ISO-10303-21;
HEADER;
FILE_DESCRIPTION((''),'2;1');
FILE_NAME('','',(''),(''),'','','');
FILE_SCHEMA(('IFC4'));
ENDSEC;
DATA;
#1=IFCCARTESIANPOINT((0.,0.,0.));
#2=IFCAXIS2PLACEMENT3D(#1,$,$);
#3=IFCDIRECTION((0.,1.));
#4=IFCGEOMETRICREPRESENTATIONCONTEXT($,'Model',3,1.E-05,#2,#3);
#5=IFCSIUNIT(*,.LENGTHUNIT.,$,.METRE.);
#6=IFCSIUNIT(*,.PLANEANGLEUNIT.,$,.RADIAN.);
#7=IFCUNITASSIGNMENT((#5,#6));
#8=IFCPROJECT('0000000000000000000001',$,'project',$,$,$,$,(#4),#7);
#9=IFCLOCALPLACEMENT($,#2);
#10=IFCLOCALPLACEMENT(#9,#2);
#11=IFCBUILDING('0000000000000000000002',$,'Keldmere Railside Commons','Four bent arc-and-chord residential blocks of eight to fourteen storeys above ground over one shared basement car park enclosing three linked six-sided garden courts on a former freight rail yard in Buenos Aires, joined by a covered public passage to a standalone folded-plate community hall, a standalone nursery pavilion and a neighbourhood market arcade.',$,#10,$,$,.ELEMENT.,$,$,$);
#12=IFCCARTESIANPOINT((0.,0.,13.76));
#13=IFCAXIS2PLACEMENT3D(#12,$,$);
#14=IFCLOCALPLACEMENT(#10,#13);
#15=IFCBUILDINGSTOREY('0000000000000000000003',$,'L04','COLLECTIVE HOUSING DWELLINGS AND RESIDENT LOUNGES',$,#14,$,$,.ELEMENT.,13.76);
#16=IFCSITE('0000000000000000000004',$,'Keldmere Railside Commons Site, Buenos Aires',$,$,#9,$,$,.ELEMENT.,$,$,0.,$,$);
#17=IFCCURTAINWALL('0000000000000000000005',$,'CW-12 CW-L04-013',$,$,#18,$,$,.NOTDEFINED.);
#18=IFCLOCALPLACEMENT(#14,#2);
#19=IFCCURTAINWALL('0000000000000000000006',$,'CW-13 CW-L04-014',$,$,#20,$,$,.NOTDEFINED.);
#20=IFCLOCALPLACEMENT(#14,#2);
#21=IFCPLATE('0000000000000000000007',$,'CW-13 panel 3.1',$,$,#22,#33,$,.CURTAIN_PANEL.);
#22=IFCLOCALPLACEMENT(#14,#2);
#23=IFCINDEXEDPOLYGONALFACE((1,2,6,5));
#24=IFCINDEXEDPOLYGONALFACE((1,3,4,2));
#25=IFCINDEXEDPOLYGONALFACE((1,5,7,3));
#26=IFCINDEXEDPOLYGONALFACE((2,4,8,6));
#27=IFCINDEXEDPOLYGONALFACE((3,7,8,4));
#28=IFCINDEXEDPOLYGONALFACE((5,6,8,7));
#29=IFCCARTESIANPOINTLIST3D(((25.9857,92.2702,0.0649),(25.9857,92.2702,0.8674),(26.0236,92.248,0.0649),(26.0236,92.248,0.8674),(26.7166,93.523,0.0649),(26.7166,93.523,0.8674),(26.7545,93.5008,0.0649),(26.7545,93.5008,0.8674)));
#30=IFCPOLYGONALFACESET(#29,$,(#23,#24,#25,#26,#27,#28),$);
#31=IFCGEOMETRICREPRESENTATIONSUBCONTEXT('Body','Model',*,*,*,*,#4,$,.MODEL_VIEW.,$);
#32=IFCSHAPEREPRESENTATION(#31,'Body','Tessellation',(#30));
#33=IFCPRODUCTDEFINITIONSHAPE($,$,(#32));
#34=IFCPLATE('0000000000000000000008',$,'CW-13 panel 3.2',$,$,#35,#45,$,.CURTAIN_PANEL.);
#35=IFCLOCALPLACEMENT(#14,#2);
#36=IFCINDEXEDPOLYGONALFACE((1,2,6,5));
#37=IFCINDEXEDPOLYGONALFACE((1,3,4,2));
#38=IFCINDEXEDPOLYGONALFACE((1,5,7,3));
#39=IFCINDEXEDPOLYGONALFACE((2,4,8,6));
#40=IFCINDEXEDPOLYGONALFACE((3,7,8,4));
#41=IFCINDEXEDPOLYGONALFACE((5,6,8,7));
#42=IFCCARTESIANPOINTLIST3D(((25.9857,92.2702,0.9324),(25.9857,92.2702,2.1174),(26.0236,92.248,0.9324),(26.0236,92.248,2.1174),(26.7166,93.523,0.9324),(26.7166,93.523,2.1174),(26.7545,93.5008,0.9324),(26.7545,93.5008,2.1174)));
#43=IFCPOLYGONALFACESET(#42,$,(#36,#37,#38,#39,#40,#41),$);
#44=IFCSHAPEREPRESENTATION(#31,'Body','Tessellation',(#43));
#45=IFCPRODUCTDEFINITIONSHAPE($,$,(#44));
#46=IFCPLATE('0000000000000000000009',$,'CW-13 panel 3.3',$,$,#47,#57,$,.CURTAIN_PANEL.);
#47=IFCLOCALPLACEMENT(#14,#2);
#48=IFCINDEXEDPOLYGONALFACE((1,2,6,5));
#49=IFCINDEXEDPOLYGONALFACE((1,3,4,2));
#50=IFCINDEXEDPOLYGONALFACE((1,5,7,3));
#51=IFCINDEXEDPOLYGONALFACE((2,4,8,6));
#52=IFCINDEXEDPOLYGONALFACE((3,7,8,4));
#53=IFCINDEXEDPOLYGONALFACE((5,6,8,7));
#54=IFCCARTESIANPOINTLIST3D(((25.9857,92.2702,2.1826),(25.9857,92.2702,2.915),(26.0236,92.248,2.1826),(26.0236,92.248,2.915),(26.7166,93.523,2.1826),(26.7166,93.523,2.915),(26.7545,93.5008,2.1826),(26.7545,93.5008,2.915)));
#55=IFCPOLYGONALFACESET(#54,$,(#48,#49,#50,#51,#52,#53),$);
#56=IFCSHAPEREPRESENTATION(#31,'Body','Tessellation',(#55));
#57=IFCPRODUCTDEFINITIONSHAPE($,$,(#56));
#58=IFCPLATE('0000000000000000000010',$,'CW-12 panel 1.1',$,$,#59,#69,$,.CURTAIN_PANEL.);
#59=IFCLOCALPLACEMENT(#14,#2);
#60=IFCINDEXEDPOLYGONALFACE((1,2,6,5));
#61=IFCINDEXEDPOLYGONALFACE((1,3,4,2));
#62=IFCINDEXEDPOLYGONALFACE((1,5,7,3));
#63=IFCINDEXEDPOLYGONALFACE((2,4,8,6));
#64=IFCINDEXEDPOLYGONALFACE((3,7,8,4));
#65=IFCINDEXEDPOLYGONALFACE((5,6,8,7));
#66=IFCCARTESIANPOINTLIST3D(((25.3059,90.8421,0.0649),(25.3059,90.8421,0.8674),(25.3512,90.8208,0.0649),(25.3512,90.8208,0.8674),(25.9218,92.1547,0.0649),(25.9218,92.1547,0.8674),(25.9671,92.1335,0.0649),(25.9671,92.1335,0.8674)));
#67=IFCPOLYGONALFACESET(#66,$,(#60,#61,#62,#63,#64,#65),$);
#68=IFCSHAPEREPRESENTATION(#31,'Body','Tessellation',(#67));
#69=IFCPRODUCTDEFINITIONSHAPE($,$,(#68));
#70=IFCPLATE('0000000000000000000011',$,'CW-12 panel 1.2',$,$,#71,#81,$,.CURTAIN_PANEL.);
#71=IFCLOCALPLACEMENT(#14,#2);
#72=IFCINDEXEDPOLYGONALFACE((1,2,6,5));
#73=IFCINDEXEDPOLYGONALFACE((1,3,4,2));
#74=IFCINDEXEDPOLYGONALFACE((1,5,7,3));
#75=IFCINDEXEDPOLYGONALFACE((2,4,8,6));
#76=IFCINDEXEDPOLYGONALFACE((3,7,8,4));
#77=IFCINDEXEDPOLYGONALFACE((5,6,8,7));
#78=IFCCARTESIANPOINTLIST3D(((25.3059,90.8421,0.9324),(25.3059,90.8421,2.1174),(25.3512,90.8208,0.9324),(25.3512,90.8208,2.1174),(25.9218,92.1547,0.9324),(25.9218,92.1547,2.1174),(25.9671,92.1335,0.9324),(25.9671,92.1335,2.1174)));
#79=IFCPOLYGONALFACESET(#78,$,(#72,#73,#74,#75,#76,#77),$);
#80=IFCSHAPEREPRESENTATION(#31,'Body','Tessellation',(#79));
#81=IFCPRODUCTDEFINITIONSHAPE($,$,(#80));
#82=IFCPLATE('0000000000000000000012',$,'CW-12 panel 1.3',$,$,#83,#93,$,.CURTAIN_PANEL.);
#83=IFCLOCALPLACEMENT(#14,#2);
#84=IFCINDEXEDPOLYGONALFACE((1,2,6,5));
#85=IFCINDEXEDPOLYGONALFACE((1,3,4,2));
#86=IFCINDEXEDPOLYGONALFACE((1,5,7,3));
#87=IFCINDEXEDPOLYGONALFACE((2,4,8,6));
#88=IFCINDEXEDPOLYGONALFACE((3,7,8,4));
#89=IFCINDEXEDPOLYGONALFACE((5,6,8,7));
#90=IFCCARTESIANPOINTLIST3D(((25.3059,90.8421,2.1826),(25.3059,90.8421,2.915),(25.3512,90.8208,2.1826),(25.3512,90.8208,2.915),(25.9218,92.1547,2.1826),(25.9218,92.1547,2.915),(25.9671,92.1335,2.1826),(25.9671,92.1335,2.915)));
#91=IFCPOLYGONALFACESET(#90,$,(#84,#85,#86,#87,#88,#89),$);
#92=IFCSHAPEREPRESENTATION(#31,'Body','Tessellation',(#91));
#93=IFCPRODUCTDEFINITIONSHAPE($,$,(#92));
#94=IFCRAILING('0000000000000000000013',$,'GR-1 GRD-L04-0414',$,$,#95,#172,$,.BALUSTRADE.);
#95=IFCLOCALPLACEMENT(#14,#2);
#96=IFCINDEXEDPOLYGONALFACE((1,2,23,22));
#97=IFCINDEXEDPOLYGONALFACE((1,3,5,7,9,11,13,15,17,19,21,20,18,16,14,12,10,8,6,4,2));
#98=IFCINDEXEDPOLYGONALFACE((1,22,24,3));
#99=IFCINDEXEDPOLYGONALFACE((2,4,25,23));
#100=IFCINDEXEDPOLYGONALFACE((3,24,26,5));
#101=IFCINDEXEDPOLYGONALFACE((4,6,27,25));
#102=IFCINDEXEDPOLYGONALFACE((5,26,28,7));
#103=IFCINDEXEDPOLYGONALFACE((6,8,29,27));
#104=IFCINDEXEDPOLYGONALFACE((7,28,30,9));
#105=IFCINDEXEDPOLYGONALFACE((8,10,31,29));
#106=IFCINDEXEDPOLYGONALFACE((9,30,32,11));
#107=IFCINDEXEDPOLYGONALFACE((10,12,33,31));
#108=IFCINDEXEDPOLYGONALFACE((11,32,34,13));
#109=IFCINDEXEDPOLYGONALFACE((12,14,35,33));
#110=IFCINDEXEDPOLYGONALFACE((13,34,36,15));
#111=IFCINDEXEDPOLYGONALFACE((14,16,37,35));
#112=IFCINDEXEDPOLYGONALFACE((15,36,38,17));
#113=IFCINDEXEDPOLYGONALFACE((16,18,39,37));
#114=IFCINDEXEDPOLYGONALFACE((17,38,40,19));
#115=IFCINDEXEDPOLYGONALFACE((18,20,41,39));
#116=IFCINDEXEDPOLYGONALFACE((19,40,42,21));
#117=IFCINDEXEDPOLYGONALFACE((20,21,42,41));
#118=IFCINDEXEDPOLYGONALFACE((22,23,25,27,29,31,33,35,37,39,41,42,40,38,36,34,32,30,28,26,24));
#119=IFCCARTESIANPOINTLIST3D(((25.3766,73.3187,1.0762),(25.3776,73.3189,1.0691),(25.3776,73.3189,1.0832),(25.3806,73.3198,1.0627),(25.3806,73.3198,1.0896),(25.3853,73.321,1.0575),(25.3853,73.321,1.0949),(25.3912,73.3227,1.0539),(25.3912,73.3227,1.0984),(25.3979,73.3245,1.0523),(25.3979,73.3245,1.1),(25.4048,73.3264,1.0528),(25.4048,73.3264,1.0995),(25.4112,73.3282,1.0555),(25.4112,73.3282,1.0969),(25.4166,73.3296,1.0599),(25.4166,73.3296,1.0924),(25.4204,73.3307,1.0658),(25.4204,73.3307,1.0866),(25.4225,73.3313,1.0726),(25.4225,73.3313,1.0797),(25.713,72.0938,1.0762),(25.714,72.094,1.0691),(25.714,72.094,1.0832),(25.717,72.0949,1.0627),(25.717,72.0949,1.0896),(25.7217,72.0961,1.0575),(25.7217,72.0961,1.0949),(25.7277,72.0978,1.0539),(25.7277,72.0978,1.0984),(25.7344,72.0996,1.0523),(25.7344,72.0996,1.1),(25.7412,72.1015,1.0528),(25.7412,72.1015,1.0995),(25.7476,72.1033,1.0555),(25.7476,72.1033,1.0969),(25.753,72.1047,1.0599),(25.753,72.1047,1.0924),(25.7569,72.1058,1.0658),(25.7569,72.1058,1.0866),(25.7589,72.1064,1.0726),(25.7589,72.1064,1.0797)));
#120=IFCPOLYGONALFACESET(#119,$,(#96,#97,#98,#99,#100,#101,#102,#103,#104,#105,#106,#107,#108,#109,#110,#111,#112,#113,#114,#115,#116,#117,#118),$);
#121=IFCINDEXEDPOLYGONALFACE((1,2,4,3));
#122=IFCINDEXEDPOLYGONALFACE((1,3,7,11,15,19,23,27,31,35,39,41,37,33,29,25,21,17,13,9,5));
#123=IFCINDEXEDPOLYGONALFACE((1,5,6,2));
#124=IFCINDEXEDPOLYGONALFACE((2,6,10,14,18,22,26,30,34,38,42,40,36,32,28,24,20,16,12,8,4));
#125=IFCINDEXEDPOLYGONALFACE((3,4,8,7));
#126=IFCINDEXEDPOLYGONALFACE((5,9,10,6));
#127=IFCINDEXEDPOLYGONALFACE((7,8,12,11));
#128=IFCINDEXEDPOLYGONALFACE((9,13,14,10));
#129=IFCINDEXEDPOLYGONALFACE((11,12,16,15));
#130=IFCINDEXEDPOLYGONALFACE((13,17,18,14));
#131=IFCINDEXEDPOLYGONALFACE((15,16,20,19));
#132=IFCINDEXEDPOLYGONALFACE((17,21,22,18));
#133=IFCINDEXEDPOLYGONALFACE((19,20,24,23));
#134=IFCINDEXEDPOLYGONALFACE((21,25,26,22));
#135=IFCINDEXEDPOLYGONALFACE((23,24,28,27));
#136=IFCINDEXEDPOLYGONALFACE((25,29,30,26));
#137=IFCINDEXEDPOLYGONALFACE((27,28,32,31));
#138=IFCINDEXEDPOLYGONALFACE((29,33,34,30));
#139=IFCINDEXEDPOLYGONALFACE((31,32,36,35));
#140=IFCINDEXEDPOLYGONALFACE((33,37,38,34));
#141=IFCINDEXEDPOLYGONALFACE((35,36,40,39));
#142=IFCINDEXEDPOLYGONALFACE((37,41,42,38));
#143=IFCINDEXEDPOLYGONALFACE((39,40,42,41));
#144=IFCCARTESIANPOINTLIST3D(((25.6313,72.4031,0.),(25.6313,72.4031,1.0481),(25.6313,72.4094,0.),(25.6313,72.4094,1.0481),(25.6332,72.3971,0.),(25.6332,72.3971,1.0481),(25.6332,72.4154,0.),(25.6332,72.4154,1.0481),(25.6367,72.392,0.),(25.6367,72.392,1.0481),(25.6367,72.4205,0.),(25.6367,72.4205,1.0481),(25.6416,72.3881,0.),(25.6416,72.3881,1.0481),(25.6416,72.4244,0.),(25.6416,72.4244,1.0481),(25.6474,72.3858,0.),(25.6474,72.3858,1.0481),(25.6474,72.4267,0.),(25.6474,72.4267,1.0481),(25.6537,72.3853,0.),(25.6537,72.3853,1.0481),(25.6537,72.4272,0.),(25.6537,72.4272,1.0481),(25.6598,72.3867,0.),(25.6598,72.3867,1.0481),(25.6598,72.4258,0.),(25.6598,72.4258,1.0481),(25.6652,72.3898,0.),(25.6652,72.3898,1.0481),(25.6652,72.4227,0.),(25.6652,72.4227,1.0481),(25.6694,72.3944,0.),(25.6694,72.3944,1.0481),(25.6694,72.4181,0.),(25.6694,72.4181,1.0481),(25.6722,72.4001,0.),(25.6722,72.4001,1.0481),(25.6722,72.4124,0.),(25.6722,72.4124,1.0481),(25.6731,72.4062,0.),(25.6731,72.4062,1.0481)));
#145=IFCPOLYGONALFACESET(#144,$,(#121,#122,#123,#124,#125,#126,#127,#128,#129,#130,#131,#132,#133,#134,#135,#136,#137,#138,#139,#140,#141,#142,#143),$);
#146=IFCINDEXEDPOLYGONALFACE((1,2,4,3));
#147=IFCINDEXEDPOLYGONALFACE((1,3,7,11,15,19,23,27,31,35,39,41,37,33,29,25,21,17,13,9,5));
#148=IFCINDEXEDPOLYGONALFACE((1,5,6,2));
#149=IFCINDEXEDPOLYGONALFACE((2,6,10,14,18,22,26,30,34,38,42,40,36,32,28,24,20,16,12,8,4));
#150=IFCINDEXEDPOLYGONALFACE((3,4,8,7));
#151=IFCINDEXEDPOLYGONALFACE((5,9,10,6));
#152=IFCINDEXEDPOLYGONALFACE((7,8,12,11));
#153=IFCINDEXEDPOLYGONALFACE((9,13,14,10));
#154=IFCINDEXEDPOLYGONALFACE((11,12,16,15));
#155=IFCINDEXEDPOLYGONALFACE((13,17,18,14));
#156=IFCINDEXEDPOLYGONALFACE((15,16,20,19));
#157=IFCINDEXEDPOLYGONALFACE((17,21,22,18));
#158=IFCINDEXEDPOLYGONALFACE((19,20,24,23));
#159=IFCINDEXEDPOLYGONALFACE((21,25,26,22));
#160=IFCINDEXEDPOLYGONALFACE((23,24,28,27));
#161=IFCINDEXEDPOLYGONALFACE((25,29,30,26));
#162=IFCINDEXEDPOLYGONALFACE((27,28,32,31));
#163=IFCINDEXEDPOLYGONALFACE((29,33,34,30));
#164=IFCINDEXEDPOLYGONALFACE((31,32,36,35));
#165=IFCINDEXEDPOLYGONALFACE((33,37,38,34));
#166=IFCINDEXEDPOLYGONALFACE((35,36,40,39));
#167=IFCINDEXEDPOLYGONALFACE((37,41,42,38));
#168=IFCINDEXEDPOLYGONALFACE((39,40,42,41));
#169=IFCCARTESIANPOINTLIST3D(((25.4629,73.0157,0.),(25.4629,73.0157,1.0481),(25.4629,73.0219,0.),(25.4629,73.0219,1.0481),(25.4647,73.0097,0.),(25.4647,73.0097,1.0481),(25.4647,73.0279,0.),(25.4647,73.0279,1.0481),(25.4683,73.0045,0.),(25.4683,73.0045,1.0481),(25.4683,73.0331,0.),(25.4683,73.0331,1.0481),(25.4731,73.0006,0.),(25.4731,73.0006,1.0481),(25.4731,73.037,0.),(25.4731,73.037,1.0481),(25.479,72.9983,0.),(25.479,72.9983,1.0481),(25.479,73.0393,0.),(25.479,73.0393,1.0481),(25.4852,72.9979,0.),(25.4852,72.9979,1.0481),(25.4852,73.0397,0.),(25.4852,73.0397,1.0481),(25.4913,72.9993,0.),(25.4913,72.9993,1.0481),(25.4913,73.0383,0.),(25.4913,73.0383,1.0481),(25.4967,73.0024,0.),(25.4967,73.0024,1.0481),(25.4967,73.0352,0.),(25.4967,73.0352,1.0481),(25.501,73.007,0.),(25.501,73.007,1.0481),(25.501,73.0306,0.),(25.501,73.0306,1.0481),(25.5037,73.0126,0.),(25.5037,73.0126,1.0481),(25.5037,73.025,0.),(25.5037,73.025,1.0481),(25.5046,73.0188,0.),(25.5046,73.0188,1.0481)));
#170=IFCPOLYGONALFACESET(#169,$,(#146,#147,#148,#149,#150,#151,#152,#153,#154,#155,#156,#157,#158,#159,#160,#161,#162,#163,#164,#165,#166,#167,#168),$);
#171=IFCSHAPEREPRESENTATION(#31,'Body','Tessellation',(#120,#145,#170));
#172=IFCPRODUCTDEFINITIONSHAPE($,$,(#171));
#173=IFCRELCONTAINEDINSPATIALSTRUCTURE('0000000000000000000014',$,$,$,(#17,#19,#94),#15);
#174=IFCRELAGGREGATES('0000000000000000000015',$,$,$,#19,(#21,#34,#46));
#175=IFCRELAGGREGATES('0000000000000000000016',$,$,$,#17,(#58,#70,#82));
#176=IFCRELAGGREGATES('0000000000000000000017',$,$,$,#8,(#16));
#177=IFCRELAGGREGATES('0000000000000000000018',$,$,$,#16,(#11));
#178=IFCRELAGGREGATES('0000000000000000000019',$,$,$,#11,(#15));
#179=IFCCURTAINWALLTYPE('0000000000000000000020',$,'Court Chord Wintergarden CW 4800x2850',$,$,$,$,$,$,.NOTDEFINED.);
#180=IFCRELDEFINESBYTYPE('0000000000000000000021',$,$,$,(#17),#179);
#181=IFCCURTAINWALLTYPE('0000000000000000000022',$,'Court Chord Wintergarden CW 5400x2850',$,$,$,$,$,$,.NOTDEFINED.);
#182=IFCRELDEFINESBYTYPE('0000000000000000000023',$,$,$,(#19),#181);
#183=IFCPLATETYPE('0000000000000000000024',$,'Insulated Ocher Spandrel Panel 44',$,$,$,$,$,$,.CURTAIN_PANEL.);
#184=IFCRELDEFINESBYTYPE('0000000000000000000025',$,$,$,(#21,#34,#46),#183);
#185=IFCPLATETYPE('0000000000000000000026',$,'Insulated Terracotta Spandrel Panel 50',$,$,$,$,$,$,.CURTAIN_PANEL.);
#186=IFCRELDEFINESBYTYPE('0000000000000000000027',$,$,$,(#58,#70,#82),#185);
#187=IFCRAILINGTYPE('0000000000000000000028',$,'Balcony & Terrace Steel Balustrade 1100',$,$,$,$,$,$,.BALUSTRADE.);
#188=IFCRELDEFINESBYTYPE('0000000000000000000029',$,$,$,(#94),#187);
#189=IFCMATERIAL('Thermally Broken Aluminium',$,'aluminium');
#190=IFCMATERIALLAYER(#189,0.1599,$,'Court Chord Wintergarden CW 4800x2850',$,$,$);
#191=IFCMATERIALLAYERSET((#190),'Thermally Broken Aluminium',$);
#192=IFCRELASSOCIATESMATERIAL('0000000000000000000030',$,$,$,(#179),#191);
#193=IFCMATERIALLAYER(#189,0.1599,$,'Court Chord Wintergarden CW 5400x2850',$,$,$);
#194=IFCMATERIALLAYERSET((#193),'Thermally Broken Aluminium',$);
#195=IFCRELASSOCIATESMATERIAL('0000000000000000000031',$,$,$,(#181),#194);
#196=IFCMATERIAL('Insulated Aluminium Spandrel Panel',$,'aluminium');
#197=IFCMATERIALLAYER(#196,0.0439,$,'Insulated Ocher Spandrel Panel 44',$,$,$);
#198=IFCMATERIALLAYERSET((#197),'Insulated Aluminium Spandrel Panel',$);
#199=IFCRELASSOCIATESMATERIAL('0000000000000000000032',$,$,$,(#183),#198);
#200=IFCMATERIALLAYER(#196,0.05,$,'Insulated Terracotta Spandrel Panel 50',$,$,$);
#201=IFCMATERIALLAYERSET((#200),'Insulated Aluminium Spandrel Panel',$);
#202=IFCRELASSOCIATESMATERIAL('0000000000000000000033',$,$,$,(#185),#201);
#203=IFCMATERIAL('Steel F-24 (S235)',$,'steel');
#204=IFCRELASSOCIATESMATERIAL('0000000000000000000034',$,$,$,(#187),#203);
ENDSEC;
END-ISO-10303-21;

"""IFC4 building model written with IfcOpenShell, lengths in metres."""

from ifc_helpers import new_model, si_unit, direction, frame, origin, origin_2d, place, context, subcontext, project, spatial, rectangle, circle, extrude, material, layer, layer_set, type_object, element, aggregate, save


model = new_model("IFC4")

# Units and contexts
model_context = context("Model", 3, precision=1e-05, world=origin(), true_north=direction((0.0, 1.0)))
body_context = subcontext(model_context, "Body", "Model", "MODEL_VIEW")
ifc_project = project(units=[si_unit("LENGTHUNIT", "METRE"), si_unit("PLANEANGLEUNIT", "RADIAN")], contexts=[model_context])

# Site, building, storey
site_placement = place(None, origin())
site = spatial("IfcSite", under=ifc_project, at=site_placement, Name="Keldmere Railside Commons Site, Buenos Aires", CompositionType="ELEMENT", RefElevation=0.0)
building_placement = place(site_placement, origin())
building = spatial("IfcBuilding", under=site, at=building_placement, Name="Keldmere Railside Commons", Description="Four bent arc-and-chord residential blocks of eight to fourteen storeys above ground over one shared basement car park enclosing three linked six-sided garden courts on a former freight rail yard in Buenos Aires, joined by a covered public passage to a standalone folded-plate community hall, a standalone nursery pavilion and a neighbourhood market arcade.", CompositionType="ELEMENT")
storey_placement = place(building_placement, frame((0.0, 0.0, 13.76)))
storey = spatial("IfcBuildingStorey", under=building, at=storey_placement, Name="L04", Description="COLLECTIVE HOUSING DWELLINGS AND RESIDENT LOUNGES", CompositionType="ELEMENT", Elevation=13.76)

# Curtain wall
ifc_material_1 = material(Name="Thermally Broken Aluminium", Category="aluminium")
ifc_layer_1 = layer(ifc_material_1, 0.1599, Name="Court Chord Wintergarden CW 4800x2850")
ifc_layer_set_1 = layer_set([ifc_layer_1], Name="Thermally Broken Aluminium")
curtain_wall_type_1 = type_object("IfcCurtainWallType", Name="Court Chord Wintergarden CW 4800x2850", PredefinedType="NOTDEFINED", material=ifc_layer_set_1)
curtain_wall_1_placement = place(storey_placement, origin())
curtain_wall_1 = element("IfcCurtainWall", 1, at=curtain_wall_1_placement, inside=storey, type_object=curtain_wall_type_1, Name="CW-12 CW-L04-013", PredefinedType="NOTDEFINED")

# Curtain wall
ifc_layer_2 = layer(ifc_material_1, 0.1599, Name="Court Chord Wintergarden CW 5400x2850")
ifc_layer_set_2 = layer_set([ifc_layer_2], Name="Thermally Broken Aluminium")
curtain_wall_type_2 = type_object("IfcCurtainWallType", Name="Court Chord Wintergarden CW 5400x2850", PredefinedType="NOTDEFINED", material=ifc_layer_set_2)
curtain_wall_2_placement = place(storey_placement, origin())
curtain_wall_2 = element("IfcCurtainWall", 2, at=curtain_wall_2_placement, inside=storey, type_object=curtain_wall_type_2, Name="CW-13 CW-L04-014", PredefinedType="NOTDEFINED")

# Plates
ifc_material_2 = material(Name="Insulated Aluminium Spandrel Panel", Category="aluminium")
ifc_layer_3 = layer(ifc_material_2, 0.0439, Name="Insulated Ocher Spandrel Panel 44")
ifc_layer_set_3 = layer_set([ifc_layer_3], Name="Insulated Aluminium Spandrel Panel")
plate_type_1 = type_object("IfcPlateType", Name="Insulated Ocher Spandrel Panel 44", PredefinedType="CURTAIN_PANEL", material=ifc_layer_set_3)
plate_1_placement = place(storey_placement, frame((26.3701, 92.8855, 0.0649), z_axis=(0.0, 0.0, 1.0), x_axis=(-0.503911, -0.863755, 0.0)))
plate_1 = element("IfcPlate", 3, at=plate_1_placement, type_object=plate_type_1, Name="CW-13 panel 3.1", PredefinedType="CURTAIN_PANEL", context=body_context, shape_type="SweptSolid", body=[
    extrude(rectangle(XDim=1.4504, YDim=0.0439, at=origin_2d()), origin(), (0.0, 0.0, 1.0), 0.8025),
])
plate_2_placement = place(storey_placement, frame((26.3701, 92.8855, 0.9324), z_axis=(0.0, 0.0, 1.0), x_axis=(-0.503911, -0.863755, 0.0)))
plate_2 = element("IfcPlate", 4, at=plate_2_placement, type_object=plate_type_1, Name="CW-13 panel 3.2", PredefinedType="CURTAIN_PANEL", context=body_context, shape_type="SweptSolid", body=[
    extrude(rectangle(XDim=1.4504, YDim=0.0439, at=origin_2d()), origin(), (0.0, 0.0, 1.0), 1.1851),
])
plate_3_placement = place(storey_placement, frame((26.3701, 92.8855, 2.1826), z_axis=(0.0, 0.0, 1.0), x_axis=(-0.503911, -0.863755, 0.0)))
plate_3 = element("IfcPlate", 5, at=plate_3_placement, type_object=plate_type_1, Name="CW-13 panel 3.3", PredefinedType="CURTAIN_PANEL", context=body_context, shape_type="SweptSolid", body=[
    extrude(rectangle(XDim=1.4504, YDim=0.0439, at=origin_2d()), origin(), (0.0, 0.0, 1.0), 0.7324),
])
aggregate(curtain_wall_2, [plate_1, plate_2, plate_3])
ifc_layer_4 = layer(ifc_material_2, 0.05, Name="Insulated Terracotta Spandrel Panel 50")
ifc_layer_set_4 = layer_set([ifc_layer_4], Name="Insulated Aluminium Spandrel Panel")
plate_type_2 = type_object("IfcPlateType", Name="Insulated Terracotta Spandrel Panel 50", PredefinedType="CURTAIN_PANEL", material=ifc_layer_set_4)
plate_4_placement = place(storey_placement, frame((25.6365, 91.4878, 0.0649), z_axis=(0.0, 0.0, 1.0), x_axis=(-0.424759, -0.905306, 0.0)))
plate_4 = element("IfcPlate", 6, at=plate_4_placement, type_object=plate_type_2, Name="CW-12 panel 1.1", PredefinedType="CURTAIN_PANEL", context=body_context, shape_type="SweptSolid", body=[
    extrude(rectangle(XDim=1.45, YDim=0.05, at=origin_2d()), origin(), (0.0, 0.0, 1.0), 0.8025),
])
plate_5_placement = place(storey_placement, frame((25.6365, 91.4878, 0.9324), z_axis=(0.0, 0.0, 1.0), x_axis=(-0.424759, -0.905306, 0.0)))
plate_5 = element("IfcPlate", 7, at=plate_5_placement, type_object=plate_type_2, Name="CW-12 panel 1.2", PredefinedType="CURTAIN_PANEL", context=body_context, shape_type="SweptSolid", body=[
    extrude(rectangle(XDim=1.45, YDim=0.05, at=origin_2d()), origin(), (0.0, 0.0, 1.0), 1.1851),
])
plate_6_placement = place(storey_placement, frame((25.6365, 91.4878, 2.1826), z_axis=(0.0, 0.0, 1.0), x_axis=(-0.424759, -0.905306, 0.0)))
plate_6 = element("IfcPlate", 8, at=plate_6_placement, type_object=plate_type_2, Name="CW-12 panel 1.3", PredefinedType="CURTAIN_PANEL", context=body_context, shape_type="SweptSolid", body=[
    extrude(rectangle(XDim=1.45, YDim=0.05, at=origin_2d()), origin(), (0.0, 0.0, 1.0), 0.7324),
])
aggregate(curtain_wall_1, [plate_4, plate_5, plate_6])

# Railing
ifc_material_3 = material(Name="Steel F-24 (S235)", Category="steel")
railing_type = type_object("IfcRailingType", Name="Balcony & Terrace Steel Balustrade 1100", PredefinedType="BALUSTRADE", material=ifc_material_3)
railing_1_placement = place(storey_placement, frame((25.7361, 72.1001, 0.0)))
element("IfcRailing", 9, at=railing_1_placement, inside=storey, type_object=railing_type, Name="GR-1 GRD-L04-0414", PredefinedType="BALUSTRADE", context=body_context, shape_type="SweptSolid", body=[
    extrude(circle(Radius=0.0239, at=origin_2d()), frame((0.0, 0.0, 1.0762), z_axis=(-0.264857, 0.964288, 0.0), x_axis=(-0.964288, -0.264857, 0.0)), (0.0, 0.0, 1.0), 1.2703),
    extrude(circle(Radius=0.021, at=origin_2d()), frame((-0.084, 0.3062, 0.0)), (0.0, 0.0, 1.0), 1.0481),
    extrude(circle(Radius=0.021, at=origin_2d()), frame((-0.2524, 0.9187, 0.0)), (0.0, 0.0, 1.0), 1.0481),
])

save(model, "model.ifc")
